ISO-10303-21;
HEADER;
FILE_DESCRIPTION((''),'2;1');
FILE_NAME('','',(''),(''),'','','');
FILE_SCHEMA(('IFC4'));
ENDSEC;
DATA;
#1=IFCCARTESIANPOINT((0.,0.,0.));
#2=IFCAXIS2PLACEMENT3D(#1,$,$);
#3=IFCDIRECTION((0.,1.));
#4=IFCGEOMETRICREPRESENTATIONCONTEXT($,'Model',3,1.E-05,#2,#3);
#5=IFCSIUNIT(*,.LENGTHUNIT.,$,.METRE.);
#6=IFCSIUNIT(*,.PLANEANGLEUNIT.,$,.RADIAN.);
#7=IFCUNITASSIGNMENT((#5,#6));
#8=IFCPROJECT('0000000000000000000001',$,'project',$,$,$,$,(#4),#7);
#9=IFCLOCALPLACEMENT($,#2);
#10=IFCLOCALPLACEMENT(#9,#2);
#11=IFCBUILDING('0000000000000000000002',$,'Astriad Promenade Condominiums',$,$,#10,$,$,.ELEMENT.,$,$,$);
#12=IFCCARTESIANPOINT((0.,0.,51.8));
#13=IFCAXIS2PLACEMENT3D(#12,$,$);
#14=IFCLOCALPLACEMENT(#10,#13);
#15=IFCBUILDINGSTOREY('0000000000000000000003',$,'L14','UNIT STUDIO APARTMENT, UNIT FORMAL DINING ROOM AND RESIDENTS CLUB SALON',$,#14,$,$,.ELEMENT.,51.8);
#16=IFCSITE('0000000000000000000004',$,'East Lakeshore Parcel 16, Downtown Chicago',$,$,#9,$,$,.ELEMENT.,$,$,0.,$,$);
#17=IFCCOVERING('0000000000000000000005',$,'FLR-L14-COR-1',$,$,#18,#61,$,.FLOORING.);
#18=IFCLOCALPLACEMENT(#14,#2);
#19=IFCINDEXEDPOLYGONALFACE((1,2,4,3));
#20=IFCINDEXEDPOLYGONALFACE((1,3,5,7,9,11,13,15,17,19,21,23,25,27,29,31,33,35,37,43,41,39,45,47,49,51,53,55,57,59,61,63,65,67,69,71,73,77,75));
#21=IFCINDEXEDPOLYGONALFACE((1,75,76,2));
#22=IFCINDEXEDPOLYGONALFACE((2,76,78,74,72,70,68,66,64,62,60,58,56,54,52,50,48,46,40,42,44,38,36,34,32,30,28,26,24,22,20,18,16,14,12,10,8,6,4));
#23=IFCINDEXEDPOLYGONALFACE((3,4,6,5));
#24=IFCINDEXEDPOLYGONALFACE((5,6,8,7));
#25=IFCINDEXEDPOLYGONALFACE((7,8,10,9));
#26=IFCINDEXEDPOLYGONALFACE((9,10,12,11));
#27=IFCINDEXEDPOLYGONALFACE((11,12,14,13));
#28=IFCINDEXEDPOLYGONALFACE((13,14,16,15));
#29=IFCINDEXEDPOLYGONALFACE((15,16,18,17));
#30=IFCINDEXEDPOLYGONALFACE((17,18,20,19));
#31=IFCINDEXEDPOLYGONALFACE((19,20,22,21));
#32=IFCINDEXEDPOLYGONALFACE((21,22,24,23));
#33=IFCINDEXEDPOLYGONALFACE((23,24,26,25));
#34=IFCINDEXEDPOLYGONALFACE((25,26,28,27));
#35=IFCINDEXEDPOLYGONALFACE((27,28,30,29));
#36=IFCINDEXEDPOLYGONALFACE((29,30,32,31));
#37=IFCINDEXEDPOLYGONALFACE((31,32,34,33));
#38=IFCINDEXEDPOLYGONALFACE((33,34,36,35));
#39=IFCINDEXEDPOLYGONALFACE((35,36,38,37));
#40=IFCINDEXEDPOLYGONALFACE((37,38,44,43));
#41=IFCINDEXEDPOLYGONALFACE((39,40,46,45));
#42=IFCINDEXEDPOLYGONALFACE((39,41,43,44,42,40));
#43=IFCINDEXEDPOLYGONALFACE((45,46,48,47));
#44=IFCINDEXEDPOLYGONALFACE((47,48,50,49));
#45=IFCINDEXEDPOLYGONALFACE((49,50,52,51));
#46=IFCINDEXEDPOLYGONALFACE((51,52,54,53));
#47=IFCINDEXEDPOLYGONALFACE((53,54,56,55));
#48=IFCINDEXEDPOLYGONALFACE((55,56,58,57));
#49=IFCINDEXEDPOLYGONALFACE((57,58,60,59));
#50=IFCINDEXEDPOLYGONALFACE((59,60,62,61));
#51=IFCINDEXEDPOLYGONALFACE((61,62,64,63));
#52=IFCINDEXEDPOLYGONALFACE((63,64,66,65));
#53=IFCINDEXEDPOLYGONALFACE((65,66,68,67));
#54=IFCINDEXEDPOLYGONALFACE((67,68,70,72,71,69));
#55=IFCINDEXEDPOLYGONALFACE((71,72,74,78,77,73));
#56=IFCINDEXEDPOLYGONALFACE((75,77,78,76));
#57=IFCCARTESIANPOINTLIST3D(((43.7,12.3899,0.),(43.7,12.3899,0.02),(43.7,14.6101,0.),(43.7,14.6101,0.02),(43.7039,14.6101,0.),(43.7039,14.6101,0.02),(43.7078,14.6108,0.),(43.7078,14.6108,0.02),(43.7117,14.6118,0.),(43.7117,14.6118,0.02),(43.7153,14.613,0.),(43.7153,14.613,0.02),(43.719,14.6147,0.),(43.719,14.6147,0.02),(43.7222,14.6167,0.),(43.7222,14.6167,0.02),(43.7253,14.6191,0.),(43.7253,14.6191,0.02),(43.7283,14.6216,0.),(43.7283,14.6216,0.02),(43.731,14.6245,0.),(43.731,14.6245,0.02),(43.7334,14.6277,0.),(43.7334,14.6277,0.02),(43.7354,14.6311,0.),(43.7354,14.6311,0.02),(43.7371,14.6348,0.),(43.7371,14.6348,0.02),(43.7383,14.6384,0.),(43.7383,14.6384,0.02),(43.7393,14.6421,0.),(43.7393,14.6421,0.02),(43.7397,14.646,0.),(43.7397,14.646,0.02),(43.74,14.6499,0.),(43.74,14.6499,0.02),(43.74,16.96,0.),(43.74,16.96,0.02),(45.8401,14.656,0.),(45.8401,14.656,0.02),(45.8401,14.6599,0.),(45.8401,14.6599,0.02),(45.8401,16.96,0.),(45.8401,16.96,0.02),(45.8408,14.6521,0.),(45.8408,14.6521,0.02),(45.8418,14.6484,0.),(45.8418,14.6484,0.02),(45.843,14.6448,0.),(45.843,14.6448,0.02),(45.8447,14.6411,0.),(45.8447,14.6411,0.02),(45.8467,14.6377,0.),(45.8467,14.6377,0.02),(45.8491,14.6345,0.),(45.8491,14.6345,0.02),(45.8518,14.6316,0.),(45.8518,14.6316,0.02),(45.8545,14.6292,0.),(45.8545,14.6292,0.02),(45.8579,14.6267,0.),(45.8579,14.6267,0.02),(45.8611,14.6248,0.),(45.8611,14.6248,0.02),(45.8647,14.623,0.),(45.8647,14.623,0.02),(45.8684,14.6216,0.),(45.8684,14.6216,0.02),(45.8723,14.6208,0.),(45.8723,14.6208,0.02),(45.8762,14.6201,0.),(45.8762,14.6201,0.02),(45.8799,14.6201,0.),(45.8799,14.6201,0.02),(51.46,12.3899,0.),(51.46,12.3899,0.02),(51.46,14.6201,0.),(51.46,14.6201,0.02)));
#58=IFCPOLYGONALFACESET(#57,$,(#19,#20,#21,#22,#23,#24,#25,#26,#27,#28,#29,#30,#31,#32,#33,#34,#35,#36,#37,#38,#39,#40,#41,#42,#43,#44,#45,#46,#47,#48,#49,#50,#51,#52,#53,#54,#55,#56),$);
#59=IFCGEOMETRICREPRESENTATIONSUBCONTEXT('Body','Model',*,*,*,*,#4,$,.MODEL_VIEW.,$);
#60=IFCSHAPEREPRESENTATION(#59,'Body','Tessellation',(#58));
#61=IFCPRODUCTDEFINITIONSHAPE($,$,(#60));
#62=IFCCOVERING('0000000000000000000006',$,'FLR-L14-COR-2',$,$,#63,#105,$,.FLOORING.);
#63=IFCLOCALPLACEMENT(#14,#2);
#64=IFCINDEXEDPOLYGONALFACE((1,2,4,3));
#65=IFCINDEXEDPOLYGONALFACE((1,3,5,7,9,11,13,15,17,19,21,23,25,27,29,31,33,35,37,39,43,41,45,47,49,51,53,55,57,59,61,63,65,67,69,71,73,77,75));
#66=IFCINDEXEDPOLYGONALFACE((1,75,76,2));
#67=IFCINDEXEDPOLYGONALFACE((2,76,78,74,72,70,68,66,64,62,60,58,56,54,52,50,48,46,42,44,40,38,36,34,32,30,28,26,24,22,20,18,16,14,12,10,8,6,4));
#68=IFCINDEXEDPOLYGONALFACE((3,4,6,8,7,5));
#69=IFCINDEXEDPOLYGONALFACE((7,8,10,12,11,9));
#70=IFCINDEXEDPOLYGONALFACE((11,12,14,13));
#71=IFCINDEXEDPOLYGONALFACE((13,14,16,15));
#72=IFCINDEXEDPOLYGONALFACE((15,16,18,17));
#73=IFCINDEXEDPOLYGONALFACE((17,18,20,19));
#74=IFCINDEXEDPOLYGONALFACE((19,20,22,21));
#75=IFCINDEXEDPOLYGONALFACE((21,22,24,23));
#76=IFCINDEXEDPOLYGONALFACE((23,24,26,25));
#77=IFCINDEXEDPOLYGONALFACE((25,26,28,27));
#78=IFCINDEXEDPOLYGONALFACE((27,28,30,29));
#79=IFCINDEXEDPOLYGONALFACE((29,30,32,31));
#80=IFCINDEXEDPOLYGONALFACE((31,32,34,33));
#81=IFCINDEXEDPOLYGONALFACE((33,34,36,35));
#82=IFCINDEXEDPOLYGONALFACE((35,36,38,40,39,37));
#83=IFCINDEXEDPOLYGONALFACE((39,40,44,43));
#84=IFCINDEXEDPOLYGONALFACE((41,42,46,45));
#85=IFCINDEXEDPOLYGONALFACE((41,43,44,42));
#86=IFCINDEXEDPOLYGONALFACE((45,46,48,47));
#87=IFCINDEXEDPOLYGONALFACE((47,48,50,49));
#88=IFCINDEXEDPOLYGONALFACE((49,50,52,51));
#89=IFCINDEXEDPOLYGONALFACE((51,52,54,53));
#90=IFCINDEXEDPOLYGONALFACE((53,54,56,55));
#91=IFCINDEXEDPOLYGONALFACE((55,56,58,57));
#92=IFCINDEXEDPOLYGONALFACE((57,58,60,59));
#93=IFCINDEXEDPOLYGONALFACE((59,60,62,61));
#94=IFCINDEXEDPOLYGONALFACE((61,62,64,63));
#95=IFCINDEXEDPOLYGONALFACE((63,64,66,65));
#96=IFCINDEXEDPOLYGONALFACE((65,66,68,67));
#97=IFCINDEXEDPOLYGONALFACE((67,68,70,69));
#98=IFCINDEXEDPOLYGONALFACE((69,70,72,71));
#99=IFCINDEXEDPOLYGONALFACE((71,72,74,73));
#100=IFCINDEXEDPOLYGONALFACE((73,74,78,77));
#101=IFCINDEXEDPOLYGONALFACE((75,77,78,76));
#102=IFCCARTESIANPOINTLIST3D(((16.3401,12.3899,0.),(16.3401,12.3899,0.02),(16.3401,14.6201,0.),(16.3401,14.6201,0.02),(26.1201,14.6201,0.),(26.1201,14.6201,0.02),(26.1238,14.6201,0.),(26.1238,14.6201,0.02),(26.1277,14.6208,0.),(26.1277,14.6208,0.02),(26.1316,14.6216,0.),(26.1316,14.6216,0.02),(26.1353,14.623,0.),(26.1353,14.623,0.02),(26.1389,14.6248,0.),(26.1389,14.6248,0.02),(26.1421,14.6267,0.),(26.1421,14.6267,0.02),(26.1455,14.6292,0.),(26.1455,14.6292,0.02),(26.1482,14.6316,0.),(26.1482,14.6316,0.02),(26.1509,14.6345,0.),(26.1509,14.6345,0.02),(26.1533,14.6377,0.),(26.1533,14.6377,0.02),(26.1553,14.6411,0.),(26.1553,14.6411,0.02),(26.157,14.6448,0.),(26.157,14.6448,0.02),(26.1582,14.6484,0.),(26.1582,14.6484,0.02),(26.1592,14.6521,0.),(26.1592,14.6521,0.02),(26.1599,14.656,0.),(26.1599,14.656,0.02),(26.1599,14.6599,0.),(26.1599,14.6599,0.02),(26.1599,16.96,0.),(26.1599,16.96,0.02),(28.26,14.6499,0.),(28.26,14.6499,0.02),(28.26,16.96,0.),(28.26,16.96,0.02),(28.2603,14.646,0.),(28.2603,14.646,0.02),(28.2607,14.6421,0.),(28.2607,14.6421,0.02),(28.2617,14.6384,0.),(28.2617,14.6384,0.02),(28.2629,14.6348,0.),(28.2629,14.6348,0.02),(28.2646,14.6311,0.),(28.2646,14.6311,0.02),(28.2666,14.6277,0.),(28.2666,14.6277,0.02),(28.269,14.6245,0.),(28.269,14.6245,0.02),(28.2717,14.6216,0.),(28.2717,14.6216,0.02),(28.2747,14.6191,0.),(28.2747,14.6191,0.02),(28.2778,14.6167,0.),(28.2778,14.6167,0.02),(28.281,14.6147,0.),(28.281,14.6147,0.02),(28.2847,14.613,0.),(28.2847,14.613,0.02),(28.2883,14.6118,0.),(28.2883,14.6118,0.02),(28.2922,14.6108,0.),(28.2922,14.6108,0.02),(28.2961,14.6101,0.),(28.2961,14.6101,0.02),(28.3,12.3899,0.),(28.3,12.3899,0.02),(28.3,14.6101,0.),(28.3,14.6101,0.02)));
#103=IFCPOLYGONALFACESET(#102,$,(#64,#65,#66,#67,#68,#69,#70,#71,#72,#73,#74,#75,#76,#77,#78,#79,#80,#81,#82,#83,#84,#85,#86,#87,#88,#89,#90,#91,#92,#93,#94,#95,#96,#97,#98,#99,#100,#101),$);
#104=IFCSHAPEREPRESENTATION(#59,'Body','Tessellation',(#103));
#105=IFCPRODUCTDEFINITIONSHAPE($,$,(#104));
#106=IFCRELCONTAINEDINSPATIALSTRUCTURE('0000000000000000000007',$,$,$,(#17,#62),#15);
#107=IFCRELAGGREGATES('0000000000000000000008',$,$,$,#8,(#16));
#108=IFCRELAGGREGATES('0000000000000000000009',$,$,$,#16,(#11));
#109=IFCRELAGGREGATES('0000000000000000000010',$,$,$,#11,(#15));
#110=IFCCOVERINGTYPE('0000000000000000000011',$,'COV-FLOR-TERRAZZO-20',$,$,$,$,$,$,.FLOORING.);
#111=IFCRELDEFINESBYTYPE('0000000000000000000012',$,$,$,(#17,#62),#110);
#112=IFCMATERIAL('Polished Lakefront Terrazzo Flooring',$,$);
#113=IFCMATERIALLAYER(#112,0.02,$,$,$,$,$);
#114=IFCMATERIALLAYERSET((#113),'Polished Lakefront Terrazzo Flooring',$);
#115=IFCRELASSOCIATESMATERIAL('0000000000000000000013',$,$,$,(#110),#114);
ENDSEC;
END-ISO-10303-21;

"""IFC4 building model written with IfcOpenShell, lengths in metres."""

from ifc_helpers import new_model, si_unit, direction, frame, origin, place, context, subcontext, project, spatial, polyline, outline, extrude, material, layer, layer_set, type_object, element, save


model = new_model("IFC4")

# Units and contexts
model_context = context("Model", 3, precision=1e-05, world=origin(), true_north=direction((0.0, 1.0)))
body_context = subcontext(model_context, "Body", "Model", "MODEL_VIEW")
ifc_project = project(units=[si_unit("LENGTHUNIT", "METRE"), si_unit("PLANEANGLEUNIT", "RADIAN")], contexts=[model_context])

# Site, building, storey
site_placement = place(None, origin())
site = spatial("IfcSite", under=ifc_project, at=site_placement, Name="East Lakeshore Parcel 16, Downtown Chicago", CompositionType="ELEMENT", RefElevation=0.0)
building_placement = place(site_placement, origin())
building = spatial("IfcBuilding", under=site, at=building_placement, Name="Astriad Promenade Condominiums", CompositionType="ELEMENT")
storey_placement = place(building_placement, frame((0.0, 0.0, 51.8)))
storey = spatial("IfcBuildingStorey", under=building, at=storey_placement, Name="L14", Description="UNIT STUDIO APARTMENT, UNIT FORMAL DINING ROOM AND RESIDENTS CLUB SALON", CompositionType="ELEMENT", Elevation=51.8)

# Coverings
ifc_material_1 = material(Name="Polished Lakefront Terrazzo Flooring")
ifc_layer_1 = layer(ifc_material_1, 0.02)
ifc_layer_set_1 = layer_set([ifc_layer_1], Name="Polished Lakefront Terrazzo Flooring")
covering_type = type_object("IfcCoveringType", Name="COV-FLOR-TERRAZZO-20", PredefinedType="FLOORING", material=ifc_layer_set_1)
covering_1_placement = place(storey_placement, origin())
element("IfcCovering", 1, at=covering_1_placement, inside=storey, type_object=covering_type, Name="FLR-L14-COR-1", PredefinedType="FLOORING", context=body_context, shape_type="SweptSolid", body=[
    extrude(outline(polyline([(43.7, 12.3899), (43.7, 14.6101), (43.7039, 14.6101), (43.7078, 14.6108), (43.7117, 14.6118), (43.7153, 14.613), (43.719, 14.6147), (43.7222, 14.6167), (43.7253, 14.6191), (43.7283, 14.6216), (43.731, 14.6245), (43.7334, 14.6277), (43.7354, 14.6311), (43.7371, 14.6348), (43.7383, 14.6384), (43.7393, 14.6421), (43.7397, 14.646), (43.74, 14.6499), (43.74, 16.96), (45.8401, 16.96), (45.8401, 14.6599), (45.8401, 14.656), (45.8408, 14.6521), (45.8418, 14.6484), (45.843, 14.6448), (45.8447, 14.6411), (45.8467, 14.6377), (45.8491, 14.6345), (45.8518, 14.6316), (45.8545, 14.6292), (45.8579, 14.6267), (45.8611, 14.6248), (45.8647, 14.623), (45.8684, 14.6216), (45.8723, 14.6208), (45.8762, 14.6201), (45.8799, 14.6201), (51.46, 14.6201), (51.46, 12.3899), (43.7, 12.3899)])), origin(), (0.0, 0.0, 1.0), 0.02),
])
covering_2_placement = place(storey_placement, origin())
element("IfcCovering", 2, at=covering_2_placement, inside=storey, type_object=covering_type, Name="FLR-L14-COR-2", PredefinedType="FLOORING", context=body_context, shape_type="SweptSolid", body=[
    extrude(outline(polyline([(28.3, 12.3899), (16.3401, 12.3899), (16.3401, 14.6201), (26.1201, 14.6201), (26.1238, 14.6201), (26.1277, 14.6208), (26.1316, 14.6216), (26.1353, 14.623), (26.1389, 14.6248), (26.1421, 14.6267), (26.1455, 14.6292), (26.1482, 14.6316), (26.1509, 14.6345), (26.1533, 14.6377), (26.1553, 14.6411), (26.157, 14.6448), (26.1582, 14.6484), (26.1592, 14.6521), (26.1599, 14.656), (26.1599, 14.6599), (26.1599, 16.96), (28.26, 16.96), (28.26, 14.6499), (28.2603, 14.646), (28.2607, 14.6421), (28.2617, 14.6384), (28.2629, 14.6348), (28.2646, 14.6311), (28.2666, 14.6277), (28.269, 14.6245), (28.2717, 14.6216), (28.2747, 14.6191), (28.2778, 14.6167), (28.281, 14.6147), (28.2847, 14.613), (28.2883, 14.6118), (28.2922, 14.6108), (28.2961, 14.6101), (28.3, 14.6101), (28.3, 12.3899)])), origin(), (0.0, 0.0, 1.0), 0.02),
])

save(model, "model.ifc")
